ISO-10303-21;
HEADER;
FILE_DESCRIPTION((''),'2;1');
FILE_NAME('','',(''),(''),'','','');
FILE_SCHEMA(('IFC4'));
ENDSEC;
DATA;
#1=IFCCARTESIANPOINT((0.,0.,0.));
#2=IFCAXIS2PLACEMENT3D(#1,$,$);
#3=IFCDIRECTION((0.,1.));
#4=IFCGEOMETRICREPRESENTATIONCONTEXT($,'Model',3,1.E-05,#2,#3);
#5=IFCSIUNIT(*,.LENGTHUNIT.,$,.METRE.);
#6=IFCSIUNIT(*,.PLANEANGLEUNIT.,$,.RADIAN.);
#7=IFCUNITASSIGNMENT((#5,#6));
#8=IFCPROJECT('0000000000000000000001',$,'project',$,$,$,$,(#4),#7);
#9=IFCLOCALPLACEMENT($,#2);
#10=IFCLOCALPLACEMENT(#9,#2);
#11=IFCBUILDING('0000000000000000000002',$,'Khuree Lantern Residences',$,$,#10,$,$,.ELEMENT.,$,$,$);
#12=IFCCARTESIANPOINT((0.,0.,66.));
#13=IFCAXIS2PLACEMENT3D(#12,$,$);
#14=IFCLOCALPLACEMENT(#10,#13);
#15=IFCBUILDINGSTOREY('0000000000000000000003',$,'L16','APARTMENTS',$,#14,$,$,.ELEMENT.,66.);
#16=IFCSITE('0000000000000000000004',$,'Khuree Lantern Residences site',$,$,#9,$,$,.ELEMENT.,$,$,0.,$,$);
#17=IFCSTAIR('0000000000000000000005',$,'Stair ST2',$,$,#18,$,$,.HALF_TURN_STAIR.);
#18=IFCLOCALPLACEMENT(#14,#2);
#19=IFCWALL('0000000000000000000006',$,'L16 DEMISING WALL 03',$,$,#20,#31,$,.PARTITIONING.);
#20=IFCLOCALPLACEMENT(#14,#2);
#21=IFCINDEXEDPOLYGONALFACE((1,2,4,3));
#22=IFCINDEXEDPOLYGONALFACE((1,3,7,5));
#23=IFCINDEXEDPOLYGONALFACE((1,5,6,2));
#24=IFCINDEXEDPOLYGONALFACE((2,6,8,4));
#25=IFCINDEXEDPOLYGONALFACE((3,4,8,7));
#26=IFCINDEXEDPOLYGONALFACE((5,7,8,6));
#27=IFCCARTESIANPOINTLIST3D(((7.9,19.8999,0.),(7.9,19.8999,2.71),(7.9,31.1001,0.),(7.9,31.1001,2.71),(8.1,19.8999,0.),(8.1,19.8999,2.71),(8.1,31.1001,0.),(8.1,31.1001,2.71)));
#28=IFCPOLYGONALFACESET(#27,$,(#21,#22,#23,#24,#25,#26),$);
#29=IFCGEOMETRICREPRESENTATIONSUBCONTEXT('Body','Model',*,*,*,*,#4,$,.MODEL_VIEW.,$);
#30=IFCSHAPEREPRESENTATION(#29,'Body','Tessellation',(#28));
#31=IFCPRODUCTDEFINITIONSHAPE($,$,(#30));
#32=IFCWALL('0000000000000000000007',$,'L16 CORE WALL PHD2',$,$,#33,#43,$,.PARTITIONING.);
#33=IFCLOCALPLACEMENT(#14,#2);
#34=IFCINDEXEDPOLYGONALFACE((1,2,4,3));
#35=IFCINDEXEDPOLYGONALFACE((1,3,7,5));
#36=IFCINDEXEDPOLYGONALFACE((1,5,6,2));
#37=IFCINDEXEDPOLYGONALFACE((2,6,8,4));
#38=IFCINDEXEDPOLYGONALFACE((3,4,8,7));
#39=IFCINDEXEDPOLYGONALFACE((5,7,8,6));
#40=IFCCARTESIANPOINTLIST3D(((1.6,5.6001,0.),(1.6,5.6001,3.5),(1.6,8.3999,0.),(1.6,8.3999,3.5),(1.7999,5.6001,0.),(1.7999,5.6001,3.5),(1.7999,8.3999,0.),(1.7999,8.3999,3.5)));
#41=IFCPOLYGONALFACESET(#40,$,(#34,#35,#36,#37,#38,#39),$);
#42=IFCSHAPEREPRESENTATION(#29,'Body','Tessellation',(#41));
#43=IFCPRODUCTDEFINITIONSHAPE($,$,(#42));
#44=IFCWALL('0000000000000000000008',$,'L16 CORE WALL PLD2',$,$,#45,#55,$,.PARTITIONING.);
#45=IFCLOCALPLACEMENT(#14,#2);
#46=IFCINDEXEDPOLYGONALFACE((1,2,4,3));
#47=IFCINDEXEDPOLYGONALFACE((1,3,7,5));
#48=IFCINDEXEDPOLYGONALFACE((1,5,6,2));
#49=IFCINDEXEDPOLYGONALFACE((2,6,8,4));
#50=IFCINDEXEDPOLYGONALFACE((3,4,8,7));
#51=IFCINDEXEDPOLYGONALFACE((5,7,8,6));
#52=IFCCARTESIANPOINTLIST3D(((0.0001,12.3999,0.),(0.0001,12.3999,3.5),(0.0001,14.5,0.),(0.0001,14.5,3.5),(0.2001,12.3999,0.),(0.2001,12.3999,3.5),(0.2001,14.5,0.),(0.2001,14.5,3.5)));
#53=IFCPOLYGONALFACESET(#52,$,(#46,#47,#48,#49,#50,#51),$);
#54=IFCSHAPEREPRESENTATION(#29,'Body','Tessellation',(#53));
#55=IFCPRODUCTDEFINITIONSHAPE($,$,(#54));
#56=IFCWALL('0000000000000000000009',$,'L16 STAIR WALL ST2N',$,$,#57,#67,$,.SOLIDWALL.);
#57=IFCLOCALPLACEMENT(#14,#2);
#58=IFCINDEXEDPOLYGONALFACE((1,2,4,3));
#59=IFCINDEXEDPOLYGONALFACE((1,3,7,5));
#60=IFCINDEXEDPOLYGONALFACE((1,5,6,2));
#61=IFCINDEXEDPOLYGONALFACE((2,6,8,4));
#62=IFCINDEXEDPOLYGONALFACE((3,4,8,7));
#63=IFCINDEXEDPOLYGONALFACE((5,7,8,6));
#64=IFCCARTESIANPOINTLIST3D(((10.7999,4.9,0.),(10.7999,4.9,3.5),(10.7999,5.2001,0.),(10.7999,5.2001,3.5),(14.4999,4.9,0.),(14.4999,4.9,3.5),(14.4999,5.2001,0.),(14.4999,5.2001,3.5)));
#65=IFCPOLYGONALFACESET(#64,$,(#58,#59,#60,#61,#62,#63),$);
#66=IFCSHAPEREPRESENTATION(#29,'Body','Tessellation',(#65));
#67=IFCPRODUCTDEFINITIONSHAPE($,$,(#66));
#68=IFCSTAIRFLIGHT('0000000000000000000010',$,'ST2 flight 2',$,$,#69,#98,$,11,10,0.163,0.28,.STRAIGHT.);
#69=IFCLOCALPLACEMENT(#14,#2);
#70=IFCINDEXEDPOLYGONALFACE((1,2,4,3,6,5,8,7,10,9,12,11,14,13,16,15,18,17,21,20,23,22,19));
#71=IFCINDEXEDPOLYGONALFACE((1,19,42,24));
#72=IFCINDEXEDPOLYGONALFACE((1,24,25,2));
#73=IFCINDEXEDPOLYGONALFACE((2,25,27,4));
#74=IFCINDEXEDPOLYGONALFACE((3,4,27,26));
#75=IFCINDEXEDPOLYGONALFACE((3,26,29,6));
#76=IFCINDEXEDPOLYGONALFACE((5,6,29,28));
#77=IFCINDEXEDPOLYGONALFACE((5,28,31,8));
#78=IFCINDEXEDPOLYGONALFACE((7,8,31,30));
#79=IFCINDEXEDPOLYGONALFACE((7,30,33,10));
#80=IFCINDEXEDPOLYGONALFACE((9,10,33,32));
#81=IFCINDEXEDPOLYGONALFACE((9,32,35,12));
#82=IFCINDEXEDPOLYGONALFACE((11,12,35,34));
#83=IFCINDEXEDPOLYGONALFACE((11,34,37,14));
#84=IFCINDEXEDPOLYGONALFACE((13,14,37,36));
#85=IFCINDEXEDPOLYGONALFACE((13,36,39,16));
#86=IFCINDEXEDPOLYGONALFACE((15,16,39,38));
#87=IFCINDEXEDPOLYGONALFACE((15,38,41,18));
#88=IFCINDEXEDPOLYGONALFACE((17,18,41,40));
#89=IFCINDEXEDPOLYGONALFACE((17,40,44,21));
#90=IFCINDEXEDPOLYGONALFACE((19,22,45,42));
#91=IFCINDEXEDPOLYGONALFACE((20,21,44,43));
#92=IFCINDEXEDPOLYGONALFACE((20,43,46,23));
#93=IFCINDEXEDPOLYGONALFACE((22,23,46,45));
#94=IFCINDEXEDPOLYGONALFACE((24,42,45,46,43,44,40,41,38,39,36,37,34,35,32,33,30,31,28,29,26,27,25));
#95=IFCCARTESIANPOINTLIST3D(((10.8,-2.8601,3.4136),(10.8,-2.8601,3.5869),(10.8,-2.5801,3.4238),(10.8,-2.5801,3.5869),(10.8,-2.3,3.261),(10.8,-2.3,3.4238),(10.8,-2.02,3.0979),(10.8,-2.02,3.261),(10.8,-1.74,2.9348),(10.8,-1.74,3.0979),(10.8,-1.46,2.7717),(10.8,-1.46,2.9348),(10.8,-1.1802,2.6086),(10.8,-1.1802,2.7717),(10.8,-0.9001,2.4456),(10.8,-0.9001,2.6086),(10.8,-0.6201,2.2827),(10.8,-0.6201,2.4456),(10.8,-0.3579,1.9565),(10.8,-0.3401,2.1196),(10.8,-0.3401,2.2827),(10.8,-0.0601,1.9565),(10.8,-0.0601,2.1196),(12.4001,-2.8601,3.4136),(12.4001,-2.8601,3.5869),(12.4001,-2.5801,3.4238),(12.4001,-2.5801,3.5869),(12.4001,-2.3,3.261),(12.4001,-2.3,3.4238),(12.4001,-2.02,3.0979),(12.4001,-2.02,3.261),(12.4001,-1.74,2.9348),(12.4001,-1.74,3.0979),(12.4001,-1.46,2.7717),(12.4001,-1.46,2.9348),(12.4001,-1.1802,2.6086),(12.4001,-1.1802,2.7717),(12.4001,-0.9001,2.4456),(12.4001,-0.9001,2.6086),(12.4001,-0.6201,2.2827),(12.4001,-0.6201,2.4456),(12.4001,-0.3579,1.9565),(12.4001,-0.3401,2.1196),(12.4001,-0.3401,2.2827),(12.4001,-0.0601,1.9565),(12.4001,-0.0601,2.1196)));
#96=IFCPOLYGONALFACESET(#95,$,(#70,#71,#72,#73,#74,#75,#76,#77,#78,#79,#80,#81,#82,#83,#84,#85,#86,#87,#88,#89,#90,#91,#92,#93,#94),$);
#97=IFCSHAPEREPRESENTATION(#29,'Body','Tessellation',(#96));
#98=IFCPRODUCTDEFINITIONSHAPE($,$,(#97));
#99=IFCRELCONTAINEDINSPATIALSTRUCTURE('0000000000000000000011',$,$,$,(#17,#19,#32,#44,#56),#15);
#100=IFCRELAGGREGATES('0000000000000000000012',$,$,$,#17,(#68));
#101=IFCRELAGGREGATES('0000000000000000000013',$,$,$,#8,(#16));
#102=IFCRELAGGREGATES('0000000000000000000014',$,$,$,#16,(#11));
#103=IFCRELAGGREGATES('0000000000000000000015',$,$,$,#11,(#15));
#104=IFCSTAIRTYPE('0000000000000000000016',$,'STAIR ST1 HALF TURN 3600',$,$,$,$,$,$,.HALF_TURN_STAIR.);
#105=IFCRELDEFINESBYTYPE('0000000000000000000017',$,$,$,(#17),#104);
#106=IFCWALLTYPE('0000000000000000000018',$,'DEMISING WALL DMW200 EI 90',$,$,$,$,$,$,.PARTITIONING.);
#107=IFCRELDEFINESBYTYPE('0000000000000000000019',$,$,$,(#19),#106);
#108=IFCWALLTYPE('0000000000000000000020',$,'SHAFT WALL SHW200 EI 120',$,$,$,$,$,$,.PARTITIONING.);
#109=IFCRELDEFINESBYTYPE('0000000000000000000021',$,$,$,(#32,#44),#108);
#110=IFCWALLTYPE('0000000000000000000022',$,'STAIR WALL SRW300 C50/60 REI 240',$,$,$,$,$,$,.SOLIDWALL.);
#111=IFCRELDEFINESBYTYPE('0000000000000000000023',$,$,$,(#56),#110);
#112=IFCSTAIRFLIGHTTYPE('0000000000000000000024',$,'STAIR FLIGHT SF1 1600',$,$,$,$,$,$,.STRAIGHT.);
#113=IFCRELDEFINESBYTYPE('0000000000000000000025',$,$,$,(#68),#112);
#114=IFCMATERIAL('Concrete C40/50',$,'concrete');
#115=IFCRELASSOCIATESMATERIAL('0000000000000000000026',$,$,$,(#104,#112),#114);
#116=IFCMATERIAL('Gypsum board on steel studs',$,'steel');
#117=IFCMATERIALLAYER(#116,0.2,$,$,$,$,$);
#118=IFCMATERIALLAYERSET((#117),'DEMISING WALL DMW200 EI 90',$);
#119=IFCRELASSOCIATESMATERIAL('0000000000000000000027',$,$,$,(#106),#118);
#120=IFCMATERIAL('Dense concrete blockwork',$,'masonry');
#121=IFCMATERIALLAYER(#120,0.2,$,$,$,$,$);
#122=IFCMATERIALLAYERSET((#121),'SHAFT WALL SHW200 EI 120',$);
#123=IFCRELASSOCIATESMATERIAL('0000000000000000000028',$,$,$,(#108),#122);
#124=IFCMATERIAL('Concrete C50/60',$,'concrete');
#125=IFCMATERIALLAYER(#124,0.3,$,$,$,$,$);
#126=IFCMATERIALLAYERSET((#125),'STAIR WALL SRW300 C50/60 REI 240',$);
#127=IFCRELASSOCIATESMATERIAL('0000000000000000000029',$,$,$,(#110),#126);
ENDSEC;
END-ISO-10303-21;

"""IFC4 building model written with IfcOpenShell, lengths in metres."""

from ifc_helpers import new_model, si_unit, direction, frame, frame_2d, origin, place, context, subcontext, project, spatial, polyline, rectangle, outline, extrude, material, layer, layer_set, type_object, element, aggregate, save


model = new_model("IFC4")

# Units and contexts
model_context = context("Model", 3, precision=1e-05, world=origin(), true_north=direction((0.0, 1.0)))
body_context = subcontext(model_context, "Body", "Model", "MODEL_VIEW")
ifc_project = project(units=[si_unit("LENGTHUNIT", "METRE"), si_unit("PLANEANGLEUNIT", "RADIAN")], contexts=[model_context])

# Site, building, storey
site_placement = place(None, origin())
site = spatial("IfcSite", under=ifc_project, at=site_placement, Name="Khuree Lantern Residences site", CompositionType="ELEMENT", RefElevation=0.0)
building_placement = place(site_placement, origin())
building = spatial("IfcBuilding", under=site, at=building_placement, Name="Khuree Lantern Residences", CompositionType="ELEMENT")
storey_placement = place(building_placement, frame((0.0, 0.0, 66.0)))
storey = spatial("IfcBuildingStorey", under=building, at=storey_placement, Name="L16", Description="APARTMENTS", CompositionType="ELEMENT", Elevation=66.0)

# Stair
ifc_material_1 = material(Name="Concrete C40/50", Category="concrete")
stair_type = type_object("IfcStairType", Name="STAIR ST1 HALF TURN 3600", PredefinedType="HALF_TURN_STAIR", material=ifc_material_1)
stair_1_placement = place(storey_placement, origin())
stair_1 = element("IfcStair", 1, at=stair_1_placement, inside=storey, type_object=stair_type, Name="Stair ST2", PredefinedType="HALF_TURN_STAIR")

# Shared definitions
ifc_material_2 = material(Name="Dense concrete blockwork", Category="masonry")

# Shared definitions
ifc_material_3 = material(Name="Gypsum board on steel studs", Category="steel")

# Walls
ifc_layer_1 = layer(ifc_material_3, 0.2)
ifc_layer_set_1 = layer_set([ifc_layer_1], Name="DEMISING WALL DMW200 EI 90")
wall_type_1 = type_object("IfcWallType", Name="DEMISING WALL DMW200 EI 90", PredefinedType="PARTITIONING", material=ifc_layer_set_1)
wall_1_placement = place(storey_placement, frame((8.0, 19.8999, 0.0), z_axis=(0.0, 0.0, 1.0), x_axis=(0.0, 1.0, 0.0)))
element("IfcWall", 2, at=wall_1_placement, inside=storey, type_object=wall_type_1, Name="L16 DEMISING WALL 03", PredefinedType="PARTITIONING", context=body_context, shape_type="SweptSolid", body=[
    extrude(rectangle(XDim=11.2002, YDim=0.2, at=frame_2d((5.6001, 0.0))), origin(), (0.0, 0.0, 1.0), 2.71),
])
ifc_layer_2 = layer(ifc_material_2, 0.2)
ifc_layer_set_2 = layer_set([ifc_layer_2], Name="SHAFT WALL SHW200 EI 120")
wall_type_2 = type_object("IfcWallType", Name="SHAFT WALL SHW200 EI 120", PredefinedType="PARTITIONING", material=ifc_layer_set_2)
wall_2_placement = place(storey_placement, frame((1.7, 5.6001, 0.0), z_axis=(0.0, 0.0, 1.0), x_axis=(0.0, 1.0, 0.0)))
element("IfcWall", 3, at=wall_2_placement, inside=storey, type_object=wall_type_2, Name="L16 CORE WALL PHD2", PredefinedType="PARTITIONING", context=body_context, shape_type="SweptSolid", body=[
    extrude(rectangle(XDim=2.7998, YDim=0.2, at=frame_2d((1.3999, 0.0))), origin(), (0.0, 0.0, 1.0), 3.5),
])
wall_3_placement = place(storey_placement, frame((0.1001, 12.3999, 0.0), z_axis=(0.0, 0.0, 1.0), x_axis=(0.0, 1.0, 0.0)))
element("IfcWall", 4, at=wall_3_placement, inside=storey, type_object=wall_type_2, Name="L16 CORE WALL PLD2", PredefinedType="PARTITIONING", context=body_context, shape_type="SweptSolid", body=[
    extrude(rectangle(XDim=2.1001, YDim=0.2, at=frame_2d((1.05, 0.0))), origin(), (0.0, 0.0, 1.0), 3.5),
])
ifc_material_4 = material(Name="Concrete C50/60", Category="concrete")
ifc_layer_3 = layer(ifc_material_4, 0.3)
ifc_layer_set_3 = layer_set([ifc_layer_3], Name="STAIR WALL SRW300 C50/60 REI 240")
wall_type_3 = type_object("IfcWallType", Name="STAIR WALL SRW300 C50/60 REI 240", PredefinedType="SOLIDWALL", material=ifc_layer_set_3)
wall_4_placement = place(storey_placement, frame((14.5, 5.05, 0.0), z_axis=(0.0, 0.0, 1.0), x_axis=(-1.0, 0.0, 0.0)))
element("IfcWall", 5, at=wall_4_placement, inside=storey, type_object=wall_type_3, Name="L16 STAIR WALL ST2N", PredefinedType="SOLIDWALL", context=body_context, shape_type="SweptSolid", body=[
    extrude(rectangle(XDim=3.7, YDim=0.3, at=frame_2d((1.8501, 0.0))), origin(), (0.0, 0.0, 1.0), 3.5),
])

# Stair flight
stair_flight_type = type_object("IfcStairFlightType", Name="STAIR FLIGHT SF1 1600", PredefinedType="STRAIGHT", material=ifc_material_1)
stair_flight_placement = place(storey_placement, frame((11.6001, -0.0601, 1.9565), z_axis=(0.0, 0.0, 1.0), x_axis=(0.0, -1.0, 0.0)))
stair_flight = element("IfcStairFlight", 6, at=stair_flight_placement, type_object=stair_flight_type, Name="ST2 flight 2", NumberOfRisers=11, NumberOfTreads=10, PredefinedType="STRAIGHT", RiserHeight=0.163, TreadLength=0.28, context=body_context, shape_type="SweptSolid", body=[
    extrude(outline(polyline([(0.0, 0.0), (0.0, 0.1631), (0.28, 0.1631), (0.28, 0.3262), (0.5601, 0.3262), (0.5601, 0.489), (0.8401, 0.489), (0.8401, 0.6521), (1.1201, 0.6521), (1.1201, 0.8152), (1.3999, 0.8152), (1.3999, 0.9783), (1.6799, 0.9783), (1.6799, 1.1414), (1.96, 1.1414), (1.96, 1.3044), (2.24, 1.3044), (2.24, 1.4673), (2.52, 1.4673), (2.52, 1.6304), (2.8, 1.6304), (2.8, 1.7935), (2.8, 1.457), (0.2979, 0.0), (0.0, 0.0)])), frame((0.0, 0.8, 0.0), z_axis=(0.0, -1.0, 0.0), x_axis=(1.0, 0.0, 0.0)), (0.0, 0.0, 1.0), 1.6001),
])
aggregate(stair_1, [stair_flight])

save(model, "model.ifc")
